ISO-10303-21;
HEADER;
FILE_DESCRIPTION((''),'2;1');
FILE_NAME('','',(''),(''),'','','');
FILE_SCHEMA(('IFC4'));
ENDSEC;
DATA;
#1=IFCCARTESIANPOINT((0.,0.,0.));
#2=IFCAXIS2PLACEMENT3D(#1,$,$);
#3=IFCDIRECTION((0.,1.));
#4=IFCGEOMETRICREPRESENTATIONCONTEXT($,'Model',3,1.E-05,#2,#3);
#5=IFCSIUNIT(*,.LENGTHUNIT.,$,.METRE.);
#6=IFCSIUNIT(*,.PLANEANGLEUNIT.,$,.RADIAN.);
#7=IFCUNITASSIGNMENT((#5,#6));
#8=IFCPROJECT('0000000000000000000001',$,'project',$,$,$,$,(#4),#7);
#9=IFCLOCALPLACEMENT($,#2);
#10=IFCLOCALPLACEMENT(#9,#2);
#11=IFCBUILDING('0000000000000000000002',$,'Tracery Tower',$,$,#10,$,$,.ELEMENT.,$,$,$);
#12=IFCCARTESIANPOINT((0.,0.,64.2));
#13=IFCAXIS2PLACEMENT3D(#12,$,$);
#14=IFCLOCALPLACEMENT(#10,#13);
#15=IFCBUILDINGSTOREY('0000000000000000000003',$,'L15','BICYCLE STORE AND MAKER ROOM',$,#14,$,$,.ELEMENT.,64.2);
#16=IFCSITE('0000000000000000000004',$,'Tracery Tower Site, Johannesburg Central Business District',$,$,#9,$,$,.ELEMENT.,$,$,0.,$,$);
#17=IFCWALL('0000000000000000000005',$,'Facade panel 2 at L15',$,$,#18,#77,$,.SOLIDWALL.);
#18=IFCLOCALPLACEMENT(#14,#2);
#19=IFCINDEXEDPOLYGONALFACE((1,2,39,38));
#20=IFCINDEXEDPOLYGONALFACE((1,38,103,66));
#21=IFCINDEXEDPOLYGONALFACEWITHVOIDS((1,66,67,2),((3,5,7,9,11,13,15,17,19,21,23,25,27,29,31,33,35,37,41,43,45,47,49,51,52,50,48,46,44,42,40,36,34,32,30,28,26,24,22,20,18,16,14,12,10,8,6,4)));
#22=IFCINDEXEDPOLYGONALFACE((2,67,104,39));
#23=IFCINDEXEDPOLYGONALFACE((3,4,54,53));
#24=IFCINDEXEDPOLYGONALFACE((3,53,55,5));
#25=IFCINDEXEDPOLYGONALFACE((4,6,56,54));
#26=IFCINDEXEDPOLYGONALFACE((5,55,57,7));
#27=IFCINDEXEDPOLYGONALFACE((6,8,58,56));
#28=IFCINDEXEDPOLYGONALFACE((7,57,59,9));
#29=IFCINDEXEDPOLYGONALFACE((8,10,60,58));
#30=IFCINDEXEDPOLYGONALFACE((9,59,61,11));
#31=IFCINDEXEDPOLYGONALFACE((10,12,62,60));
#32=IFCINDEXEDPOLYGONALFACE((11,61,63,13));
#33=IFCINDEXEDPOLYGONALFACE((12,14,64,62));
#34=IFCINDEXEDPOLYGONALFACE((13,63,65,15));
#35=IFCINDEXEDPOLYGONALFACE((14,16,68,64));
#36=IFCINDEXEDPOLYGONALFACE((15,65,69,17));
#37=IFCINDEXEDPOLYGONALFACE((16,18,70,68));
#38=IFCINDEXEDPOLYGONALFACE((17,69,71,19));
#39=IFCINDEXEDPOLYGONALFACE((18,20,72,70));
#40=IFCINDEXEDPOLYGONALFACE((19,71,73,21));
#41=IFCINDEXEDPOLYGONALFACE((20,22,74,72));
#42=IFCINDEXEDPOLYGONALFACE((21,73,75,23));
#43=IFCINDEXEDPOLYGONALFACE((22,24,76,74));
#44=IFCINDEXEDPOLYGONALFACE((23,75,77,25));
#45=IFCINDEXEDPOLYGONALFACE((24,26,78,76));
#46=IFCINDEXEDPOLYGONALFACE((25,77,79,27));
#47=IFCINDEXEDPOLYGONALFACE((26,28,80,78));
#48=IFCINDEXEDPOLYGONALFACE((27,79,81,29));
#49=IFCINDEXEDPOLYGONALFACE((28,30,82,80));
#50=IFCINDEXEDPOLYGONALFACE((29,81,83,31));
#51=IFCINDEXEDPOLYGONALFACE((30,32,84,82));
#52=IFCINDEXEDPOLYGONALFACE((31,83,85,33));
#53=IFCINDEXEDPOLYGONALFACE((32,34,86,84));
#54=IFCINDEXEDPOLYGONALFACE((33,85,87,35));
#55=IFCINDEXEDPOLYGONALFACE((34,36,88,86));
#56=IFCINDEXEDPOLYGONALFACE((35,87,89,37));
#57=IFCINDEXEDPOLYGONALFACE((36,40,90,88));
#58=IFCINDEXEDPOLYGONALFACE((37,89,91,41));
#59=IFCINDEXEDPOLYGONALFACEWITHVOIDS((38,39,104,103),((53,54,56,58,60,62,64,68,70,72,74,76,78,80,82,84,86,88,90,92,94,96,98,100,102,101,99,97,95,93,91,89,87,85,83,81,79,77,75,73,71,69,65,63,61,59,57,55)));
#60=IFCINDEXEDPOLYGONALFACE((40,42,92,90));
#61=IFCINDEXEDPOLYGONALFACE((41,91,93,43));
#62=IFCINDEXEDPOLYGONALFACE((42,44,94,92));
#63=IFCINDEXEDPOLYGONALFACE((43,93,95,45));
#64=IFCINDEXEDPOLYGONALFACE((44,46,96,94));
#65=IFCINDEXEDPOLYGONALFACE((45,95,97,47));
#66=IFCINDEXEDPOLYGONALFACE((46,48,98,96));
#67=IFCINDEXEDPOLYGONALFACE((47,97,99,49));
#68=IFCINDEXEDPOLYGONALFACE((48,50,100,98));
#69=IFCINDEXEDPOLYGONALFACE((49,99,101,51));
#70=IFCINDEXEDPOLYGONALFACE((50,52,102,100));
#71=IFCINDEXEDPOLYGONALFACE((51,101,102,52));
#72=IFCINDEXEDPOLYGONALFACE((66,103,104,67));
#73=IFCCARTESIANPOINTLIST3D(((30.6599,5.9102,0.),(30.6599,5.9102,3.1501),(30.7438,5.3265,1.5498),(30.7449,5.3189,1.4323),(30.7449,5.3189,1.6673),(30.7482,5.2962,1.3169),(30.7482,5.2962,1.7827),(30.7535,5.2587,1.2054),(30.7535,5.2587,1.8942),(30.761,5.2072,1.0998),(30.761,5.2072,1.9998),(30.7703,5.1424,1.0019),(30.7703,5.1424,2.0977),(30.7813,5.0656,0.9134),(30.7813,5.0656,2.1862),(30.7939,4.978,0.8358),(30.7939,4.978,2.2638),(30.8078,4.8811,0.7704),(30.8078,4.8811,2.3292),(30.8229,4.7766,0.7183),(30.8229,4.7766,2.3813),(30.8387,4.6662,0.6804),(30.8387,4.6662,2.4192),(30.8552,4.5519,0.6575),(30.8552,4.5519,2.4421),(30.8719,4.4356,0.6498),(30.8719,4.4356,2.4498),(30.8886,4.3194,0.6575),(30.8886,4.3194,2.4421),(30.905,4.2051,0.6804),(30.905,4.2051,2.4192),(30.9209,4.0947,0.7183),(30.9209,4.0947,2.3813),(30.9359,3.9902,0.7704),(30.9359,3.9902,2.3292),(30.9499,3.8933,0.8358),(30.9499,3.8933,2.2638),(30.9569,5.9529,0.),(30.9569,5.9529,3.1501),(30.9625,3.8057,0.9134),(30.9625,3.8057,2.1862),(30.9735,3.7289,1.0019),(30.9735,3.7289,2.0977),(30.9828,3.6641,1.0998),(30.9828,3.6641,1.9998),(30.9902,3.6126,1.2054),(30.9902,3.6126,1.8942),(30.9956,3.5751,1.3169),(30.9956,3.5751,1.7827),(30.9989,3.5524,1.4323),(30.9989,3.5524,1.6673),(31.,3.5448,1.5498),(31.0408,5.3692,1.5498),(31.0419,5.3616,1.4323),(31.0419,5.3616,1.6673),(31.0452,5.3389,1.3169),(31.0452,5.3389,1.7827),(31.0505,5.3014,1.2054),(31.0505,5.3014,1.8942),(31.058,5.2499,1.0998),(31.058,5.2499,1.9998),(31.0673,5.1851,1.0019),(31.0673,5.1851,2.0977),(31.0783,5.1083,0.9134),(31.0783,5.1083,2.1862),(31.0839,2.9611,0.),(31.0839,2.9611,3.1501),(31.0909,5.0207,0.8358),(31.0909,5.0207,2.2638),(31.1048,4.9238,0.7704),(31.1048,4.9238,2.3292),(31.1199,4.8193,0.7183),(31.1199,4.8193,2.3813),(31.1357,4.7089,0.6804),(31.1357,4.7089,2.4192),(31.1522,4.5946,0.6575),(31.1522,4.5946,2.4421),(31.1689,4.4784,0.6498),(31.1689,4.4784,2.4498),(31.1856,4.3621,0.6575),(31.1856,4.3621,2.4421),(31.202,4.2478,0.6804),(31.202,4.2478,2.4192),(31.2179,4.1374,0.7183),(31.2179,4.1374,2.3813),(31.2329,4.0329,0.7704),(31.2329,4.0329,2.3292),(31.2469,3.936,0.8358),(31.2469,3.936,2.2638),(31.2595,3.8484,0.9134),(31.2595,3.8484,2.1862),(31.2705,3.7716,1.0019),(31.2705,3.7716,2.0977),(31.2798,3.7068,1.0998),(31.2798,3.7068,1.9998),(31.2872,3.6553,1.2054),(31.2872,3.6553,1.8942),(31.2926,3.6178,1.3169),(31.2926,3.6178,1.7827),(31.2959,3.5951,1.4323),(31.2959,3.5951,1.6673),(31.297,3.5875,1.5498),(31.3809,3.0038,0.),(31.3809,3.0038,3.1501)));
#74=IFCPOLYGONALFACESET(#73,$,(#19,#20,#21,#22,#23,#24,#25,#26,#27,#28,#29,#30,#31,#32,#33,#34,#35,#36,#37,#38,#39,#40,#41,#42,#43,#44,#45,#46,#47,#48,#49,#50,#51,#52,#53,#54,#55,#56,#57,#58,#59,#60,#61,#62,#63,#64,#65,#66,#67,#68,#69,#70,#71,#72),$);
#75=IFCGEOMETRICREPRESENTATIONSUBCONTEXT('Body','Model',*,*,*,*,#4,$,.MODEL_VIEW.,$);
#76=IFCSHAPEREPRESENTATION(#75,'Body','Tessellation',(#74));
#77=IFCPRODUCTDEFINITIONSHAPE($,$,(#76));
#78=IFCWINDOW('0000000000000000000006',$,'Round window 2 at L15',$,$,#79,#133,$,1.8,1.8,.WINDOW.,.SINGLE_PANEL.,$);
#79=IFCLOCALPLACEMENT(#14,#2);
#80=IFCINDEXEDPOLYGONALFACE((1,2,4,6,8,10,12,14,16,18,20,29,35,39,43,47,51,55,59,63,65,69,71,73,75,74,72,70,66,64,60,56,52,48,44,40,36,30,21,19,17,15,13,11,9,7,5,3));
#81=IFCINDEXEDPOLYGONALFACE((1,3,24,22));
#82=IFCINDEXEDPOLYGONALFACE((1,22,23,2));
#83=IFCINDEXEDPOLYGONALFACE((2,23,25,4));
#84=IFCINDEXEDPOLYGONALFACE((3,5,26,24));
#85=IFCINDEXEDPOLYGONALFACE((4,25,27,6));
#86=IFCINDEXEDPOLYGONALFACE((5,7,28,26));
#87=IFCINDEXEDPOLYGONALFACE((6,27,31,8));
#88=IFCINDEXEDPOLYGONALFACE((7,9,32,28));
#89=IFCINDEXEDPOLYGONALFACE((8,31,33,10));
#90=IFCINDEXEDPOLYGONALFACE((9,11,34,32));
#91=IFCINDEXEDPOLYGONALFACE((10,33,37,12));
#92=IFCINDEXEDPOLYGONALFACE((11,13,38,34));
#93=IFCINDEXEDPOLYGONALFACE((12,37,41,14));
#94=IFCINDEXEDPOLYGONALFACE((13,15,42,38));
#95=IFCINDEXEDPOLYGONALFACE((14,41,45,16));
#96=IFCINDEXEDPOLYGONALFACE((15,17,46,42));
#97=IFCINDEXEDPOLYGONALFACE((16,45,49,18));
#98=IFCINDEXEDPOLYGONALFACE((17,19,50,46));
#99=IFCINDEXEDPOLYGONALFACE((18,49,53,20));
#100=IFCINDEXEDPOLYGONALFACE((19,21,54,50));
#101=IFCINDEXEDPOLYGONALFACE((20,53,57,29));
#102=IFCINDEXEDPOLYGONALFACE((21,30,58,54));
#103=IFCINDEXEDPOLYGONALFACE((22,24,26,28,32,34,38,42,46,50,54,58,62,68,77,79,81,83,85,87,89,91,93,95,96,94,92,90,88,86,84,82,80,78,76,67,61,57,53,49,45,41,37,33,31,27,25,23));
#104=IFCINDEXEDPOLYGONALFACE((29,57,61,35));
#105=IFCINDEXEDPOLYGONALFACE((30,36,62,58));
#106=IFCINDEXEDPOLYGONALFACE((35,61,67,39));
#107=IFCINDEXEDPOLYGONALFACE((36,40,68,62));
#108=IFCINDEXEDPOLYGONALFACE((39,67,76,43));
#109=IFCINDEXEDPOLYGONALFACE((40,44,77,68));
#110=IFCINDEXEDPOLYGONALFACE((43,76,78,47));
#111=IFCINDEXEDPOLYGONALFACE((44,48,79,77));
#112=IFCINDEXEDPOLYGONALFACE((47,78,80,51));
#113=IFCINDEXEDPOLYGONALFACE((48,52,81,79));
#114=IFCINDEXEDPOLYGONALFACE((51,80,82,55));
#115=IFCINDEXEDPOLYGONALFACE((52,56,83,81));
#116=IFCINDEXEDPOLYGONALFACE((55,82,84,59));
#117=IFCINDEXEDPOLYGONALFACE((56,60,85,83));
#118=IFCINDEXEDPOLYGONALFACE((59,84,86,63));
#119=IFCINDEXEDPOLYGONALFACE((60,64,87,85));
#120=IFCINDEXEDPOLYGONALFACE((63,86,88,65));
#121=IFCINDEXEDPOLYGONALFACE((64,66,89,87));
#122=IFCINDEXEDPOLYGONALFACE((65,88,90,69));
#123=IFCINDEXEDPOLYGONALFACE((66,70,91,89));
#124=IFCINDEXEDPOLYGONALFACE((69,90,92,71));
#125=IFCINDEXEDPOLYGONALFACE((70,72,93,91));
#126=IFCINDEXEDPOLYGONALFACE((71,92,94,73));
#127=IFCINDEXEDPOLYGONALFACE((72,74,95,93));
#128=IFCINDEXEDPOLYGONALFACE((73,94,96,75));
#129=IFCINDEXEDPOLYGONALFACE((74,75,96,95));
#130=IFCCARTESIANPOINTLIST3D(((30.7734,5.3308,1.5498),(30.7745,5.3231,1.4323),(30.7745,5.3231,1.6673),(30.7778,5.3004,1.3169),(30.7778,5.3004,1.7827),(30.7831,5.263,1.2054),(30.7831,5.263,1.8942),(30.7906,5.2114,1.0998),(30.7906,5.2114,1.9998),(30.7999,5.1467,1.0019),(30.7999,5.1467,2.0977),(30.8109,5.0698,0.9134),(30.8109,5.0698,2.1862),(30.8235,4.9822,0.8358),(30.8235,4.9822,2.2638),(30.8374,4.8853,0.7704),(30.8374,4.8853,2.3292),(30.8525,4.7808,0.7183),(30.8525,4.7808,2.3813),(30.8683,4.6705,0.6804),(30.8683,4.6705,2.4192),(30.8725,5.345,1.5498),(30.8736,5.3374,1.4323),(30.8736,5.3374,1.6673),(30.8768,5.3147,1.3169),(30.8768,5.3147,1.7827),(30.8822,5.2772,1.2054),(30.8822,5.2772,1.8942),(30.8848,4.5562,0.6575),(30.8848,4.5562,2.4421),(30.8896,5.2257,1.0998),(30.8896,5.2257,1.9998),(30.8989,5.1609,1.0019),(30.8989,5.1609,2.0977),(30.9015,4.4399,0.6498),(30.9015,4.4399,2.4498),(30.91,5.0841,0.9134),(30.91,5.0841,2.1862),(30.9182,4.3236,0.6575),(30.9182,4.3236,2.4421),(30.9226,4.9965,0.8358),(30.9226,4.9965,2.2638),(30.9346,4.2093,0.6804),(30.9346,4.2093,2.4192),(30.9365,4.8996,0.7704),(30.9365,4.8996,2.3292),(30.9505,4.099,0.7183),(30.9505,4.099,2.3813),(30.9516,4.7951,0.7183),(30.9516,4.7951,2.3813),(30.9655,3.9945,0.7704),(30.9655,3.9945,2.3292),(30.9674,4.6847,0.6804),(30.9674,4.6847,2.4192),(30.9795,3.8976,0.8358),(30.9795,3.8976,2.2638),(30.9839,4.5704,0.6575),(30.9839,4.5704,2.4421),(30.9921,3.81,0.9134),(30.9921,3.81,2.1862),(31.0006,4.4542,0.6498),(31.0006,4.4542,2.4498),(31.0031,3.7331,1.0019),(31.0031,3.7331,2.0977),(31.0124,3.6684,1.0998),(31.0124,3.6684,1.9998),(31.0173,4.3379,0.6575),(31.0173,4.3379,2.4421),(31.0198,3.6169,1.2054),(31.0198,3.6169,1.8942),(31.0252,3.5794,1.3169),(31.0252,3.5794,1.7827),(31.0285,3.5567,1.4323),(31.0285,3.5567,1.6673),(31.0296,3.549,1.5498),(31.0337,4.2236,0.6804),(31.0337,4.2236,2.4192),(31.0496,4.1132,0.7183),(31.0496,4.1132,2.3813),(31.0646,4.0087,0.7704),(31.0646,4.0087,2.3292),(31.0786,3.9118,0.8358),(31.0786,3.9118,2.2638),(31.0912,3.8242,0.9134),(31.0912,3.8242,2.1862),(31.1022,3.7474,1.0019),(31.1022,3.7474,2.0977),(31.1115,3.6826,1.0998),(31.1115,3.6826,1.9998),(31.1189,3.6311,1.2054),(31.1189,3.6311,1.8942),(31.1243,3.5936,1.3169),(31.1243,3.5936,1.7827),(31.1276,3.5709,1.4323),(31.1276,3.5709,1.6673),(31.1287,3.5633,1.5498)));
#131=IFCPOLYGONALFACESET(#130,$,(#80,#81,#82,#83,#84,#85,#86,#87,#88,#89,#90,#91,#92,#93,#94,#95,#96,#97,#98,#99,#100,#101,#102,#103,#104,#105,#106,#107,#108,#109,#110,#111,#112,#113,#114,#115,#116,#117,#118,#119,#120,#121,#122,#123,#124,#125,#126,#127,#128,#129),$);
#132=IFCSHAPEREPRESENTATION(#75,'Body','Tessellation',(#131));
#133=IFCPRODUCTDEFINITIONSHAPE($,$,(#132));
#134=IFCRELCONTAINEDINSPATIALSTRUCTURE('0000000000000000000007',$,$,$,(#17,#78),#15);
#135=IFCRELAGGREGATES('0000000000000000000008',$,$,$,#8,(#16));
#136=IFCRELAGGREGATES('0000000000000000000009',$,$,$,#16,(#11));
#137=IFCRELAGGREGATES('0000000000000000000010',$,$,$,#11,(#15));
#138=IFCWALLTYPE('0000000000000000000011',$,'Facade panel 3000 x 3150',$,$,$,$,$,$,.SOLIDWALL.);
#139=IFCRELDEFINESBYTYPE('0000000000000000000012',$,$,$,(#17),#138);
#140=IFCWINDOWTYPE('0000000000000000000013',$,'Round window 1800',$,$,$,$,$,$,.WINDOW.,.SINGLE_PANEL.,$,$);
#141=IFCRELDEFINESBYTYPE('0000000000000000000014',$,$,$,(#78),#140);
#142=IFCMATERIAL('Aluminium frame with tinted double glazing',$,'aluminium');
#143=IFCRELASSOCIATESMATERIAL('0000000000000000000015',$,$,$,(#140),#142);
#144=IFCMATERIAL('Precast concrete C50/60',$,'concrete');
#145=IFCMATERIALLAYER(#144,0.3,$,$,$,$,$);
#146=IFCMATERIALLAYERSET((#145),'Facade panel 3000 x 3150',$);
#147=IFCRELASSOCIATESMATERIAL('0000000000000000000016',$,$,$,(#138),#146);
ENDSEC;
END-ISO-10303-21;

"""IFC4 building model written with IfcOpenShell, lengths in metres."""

from ifc_helpers import new_model, si_unit, direction, frame, frame_2d, origin, origin_2d, place, context, subcontext, project, spatial, rectangle, circle, extrude, material, layer, layer_set, type_object, element, fill, save


model = new_model("IFC4")

# Units and contexts
model_context = context("Model", 3, precision=1e-05, world=origin(), true_north=direction((0.0, 1.0)))
body_context = subcontext(model_context, "Body", "Model", "MODEL_VIEW")
ifc_project = project(units=[si_unit("LENGTHUNIT", "METRE"), si_unit("PLANEANGLEUNIT", "RADIAN")], contexts=[model_context])

# Site, building, storey
site_placement = place(None, origin())
site = spatial("IfcSite", under=ifc_project, at=site_placement, Name="Tracery Tower Site, Johannesburg Central Business District", CompositionType="ELEMENT", RefElevation=0.0)
building_placement = place(site_placement, origin())
building = spatial("IfcBuilding", under=site, at=building_placement, Name="Tracery Tower", CompositionType="ELEMENT")
storey_placement = place(building_placement, frame((0.0, 0.0, 64.2)))
storey = spatial("IfcBuildingStorey", under=building, at=storey_placement, Name="L15", Description="BICYCLE STORE AND MAKER ROOM", CompositionType="ELEMENT", Elevation=64.2)

# Wall, opening, window
ifc_material_1 = material(Name="Aluminium frame with tinted double glazing", Category="aluminium")
window_type = type_object("IfcWindowType", Name="Round window 1800", PartitioningType="SINGLE_PANEL", PredefinedType="WINDOW", material=ifc_material_1)
ifc_material_2 = material(Name="Precast concrete C50/60", Category="concrete")
ifc_layer_1 = layer(ifc_material_2, 0.3)
ifc_layer_set_1 = layer_set([ifc_layer_1], Name="Facade panel 3000 x 3150")
wall_type_1 = type_object("IfcWallType", Name="Facade panel 3000 x 3150", PredefinedType="SOLIDWALL", material=ifc_layer_set_1)
wall_1_placement = place(storey_placement, frame((31.2324, 2.9824, 0.0), z_axis=(0.0, 0.0, 1.0), x_axis=(-0.142328, 0.98982, 0.0)))
wall_1 = element("IfcWall", 1, at=wall_1_placement, inside=storey, type_object=wall_type_1, Name="Facade panel 2 at L15", PredefinedType="SOLIDWALL", context=body_context, shape_type="SweptSolid", body=[
    extrude(rectangle(XDim=2.9795, YDim=0.3, at=frame_2d((1.4897, 0.0))), origin(), (0.0, 0.0, 1.0), 3.1501),
])
opening_1_placement = place(wall_1_placement, frame((1.4897, 0.0, 1.5498)))
opening_1 = element("IfcOpeningElement", 2, at=opening_1_placement, cuts=wall_1, PredefinedType="OPENING", context=body_context, shape_type="SweptSolid", body=[
    extrude(circle(Radius=0.9, at=origin_2d()), frame((0.0, 0.1599, 0.0), z_axis=(0.0, -1.0, 0.0), x_axis=(1.0, 0.0, 0.0)), (0.0, 0.0, 1.0), 0.3201),
])
window_1_placement = place(opening_1_placement, origin())
window_1 = element("IfcWindow", 3, at=window_1_placement, inside=storey, type_object=window_type, Name="Round window 2 at L15", OverallHeight=1.8, OverallWidth=1.8, PartitioningType="SINGLE_PANEL", PredefinedType="WINDOW", context=body_context, shape_type="SweptSolid", body=[
    extrude(circle(Radius=0.9, at=origin_2d()), frame((0.0, 0.1201, 0.0), z_axis=(0.0, -1.0, 0.0), x_axis=(1.0, 0.0, 0.0)), (0.0, 0.0, 1.0), 0.1001),
])
fill(opening_1, window_1)

save(model, "model.ifc")
